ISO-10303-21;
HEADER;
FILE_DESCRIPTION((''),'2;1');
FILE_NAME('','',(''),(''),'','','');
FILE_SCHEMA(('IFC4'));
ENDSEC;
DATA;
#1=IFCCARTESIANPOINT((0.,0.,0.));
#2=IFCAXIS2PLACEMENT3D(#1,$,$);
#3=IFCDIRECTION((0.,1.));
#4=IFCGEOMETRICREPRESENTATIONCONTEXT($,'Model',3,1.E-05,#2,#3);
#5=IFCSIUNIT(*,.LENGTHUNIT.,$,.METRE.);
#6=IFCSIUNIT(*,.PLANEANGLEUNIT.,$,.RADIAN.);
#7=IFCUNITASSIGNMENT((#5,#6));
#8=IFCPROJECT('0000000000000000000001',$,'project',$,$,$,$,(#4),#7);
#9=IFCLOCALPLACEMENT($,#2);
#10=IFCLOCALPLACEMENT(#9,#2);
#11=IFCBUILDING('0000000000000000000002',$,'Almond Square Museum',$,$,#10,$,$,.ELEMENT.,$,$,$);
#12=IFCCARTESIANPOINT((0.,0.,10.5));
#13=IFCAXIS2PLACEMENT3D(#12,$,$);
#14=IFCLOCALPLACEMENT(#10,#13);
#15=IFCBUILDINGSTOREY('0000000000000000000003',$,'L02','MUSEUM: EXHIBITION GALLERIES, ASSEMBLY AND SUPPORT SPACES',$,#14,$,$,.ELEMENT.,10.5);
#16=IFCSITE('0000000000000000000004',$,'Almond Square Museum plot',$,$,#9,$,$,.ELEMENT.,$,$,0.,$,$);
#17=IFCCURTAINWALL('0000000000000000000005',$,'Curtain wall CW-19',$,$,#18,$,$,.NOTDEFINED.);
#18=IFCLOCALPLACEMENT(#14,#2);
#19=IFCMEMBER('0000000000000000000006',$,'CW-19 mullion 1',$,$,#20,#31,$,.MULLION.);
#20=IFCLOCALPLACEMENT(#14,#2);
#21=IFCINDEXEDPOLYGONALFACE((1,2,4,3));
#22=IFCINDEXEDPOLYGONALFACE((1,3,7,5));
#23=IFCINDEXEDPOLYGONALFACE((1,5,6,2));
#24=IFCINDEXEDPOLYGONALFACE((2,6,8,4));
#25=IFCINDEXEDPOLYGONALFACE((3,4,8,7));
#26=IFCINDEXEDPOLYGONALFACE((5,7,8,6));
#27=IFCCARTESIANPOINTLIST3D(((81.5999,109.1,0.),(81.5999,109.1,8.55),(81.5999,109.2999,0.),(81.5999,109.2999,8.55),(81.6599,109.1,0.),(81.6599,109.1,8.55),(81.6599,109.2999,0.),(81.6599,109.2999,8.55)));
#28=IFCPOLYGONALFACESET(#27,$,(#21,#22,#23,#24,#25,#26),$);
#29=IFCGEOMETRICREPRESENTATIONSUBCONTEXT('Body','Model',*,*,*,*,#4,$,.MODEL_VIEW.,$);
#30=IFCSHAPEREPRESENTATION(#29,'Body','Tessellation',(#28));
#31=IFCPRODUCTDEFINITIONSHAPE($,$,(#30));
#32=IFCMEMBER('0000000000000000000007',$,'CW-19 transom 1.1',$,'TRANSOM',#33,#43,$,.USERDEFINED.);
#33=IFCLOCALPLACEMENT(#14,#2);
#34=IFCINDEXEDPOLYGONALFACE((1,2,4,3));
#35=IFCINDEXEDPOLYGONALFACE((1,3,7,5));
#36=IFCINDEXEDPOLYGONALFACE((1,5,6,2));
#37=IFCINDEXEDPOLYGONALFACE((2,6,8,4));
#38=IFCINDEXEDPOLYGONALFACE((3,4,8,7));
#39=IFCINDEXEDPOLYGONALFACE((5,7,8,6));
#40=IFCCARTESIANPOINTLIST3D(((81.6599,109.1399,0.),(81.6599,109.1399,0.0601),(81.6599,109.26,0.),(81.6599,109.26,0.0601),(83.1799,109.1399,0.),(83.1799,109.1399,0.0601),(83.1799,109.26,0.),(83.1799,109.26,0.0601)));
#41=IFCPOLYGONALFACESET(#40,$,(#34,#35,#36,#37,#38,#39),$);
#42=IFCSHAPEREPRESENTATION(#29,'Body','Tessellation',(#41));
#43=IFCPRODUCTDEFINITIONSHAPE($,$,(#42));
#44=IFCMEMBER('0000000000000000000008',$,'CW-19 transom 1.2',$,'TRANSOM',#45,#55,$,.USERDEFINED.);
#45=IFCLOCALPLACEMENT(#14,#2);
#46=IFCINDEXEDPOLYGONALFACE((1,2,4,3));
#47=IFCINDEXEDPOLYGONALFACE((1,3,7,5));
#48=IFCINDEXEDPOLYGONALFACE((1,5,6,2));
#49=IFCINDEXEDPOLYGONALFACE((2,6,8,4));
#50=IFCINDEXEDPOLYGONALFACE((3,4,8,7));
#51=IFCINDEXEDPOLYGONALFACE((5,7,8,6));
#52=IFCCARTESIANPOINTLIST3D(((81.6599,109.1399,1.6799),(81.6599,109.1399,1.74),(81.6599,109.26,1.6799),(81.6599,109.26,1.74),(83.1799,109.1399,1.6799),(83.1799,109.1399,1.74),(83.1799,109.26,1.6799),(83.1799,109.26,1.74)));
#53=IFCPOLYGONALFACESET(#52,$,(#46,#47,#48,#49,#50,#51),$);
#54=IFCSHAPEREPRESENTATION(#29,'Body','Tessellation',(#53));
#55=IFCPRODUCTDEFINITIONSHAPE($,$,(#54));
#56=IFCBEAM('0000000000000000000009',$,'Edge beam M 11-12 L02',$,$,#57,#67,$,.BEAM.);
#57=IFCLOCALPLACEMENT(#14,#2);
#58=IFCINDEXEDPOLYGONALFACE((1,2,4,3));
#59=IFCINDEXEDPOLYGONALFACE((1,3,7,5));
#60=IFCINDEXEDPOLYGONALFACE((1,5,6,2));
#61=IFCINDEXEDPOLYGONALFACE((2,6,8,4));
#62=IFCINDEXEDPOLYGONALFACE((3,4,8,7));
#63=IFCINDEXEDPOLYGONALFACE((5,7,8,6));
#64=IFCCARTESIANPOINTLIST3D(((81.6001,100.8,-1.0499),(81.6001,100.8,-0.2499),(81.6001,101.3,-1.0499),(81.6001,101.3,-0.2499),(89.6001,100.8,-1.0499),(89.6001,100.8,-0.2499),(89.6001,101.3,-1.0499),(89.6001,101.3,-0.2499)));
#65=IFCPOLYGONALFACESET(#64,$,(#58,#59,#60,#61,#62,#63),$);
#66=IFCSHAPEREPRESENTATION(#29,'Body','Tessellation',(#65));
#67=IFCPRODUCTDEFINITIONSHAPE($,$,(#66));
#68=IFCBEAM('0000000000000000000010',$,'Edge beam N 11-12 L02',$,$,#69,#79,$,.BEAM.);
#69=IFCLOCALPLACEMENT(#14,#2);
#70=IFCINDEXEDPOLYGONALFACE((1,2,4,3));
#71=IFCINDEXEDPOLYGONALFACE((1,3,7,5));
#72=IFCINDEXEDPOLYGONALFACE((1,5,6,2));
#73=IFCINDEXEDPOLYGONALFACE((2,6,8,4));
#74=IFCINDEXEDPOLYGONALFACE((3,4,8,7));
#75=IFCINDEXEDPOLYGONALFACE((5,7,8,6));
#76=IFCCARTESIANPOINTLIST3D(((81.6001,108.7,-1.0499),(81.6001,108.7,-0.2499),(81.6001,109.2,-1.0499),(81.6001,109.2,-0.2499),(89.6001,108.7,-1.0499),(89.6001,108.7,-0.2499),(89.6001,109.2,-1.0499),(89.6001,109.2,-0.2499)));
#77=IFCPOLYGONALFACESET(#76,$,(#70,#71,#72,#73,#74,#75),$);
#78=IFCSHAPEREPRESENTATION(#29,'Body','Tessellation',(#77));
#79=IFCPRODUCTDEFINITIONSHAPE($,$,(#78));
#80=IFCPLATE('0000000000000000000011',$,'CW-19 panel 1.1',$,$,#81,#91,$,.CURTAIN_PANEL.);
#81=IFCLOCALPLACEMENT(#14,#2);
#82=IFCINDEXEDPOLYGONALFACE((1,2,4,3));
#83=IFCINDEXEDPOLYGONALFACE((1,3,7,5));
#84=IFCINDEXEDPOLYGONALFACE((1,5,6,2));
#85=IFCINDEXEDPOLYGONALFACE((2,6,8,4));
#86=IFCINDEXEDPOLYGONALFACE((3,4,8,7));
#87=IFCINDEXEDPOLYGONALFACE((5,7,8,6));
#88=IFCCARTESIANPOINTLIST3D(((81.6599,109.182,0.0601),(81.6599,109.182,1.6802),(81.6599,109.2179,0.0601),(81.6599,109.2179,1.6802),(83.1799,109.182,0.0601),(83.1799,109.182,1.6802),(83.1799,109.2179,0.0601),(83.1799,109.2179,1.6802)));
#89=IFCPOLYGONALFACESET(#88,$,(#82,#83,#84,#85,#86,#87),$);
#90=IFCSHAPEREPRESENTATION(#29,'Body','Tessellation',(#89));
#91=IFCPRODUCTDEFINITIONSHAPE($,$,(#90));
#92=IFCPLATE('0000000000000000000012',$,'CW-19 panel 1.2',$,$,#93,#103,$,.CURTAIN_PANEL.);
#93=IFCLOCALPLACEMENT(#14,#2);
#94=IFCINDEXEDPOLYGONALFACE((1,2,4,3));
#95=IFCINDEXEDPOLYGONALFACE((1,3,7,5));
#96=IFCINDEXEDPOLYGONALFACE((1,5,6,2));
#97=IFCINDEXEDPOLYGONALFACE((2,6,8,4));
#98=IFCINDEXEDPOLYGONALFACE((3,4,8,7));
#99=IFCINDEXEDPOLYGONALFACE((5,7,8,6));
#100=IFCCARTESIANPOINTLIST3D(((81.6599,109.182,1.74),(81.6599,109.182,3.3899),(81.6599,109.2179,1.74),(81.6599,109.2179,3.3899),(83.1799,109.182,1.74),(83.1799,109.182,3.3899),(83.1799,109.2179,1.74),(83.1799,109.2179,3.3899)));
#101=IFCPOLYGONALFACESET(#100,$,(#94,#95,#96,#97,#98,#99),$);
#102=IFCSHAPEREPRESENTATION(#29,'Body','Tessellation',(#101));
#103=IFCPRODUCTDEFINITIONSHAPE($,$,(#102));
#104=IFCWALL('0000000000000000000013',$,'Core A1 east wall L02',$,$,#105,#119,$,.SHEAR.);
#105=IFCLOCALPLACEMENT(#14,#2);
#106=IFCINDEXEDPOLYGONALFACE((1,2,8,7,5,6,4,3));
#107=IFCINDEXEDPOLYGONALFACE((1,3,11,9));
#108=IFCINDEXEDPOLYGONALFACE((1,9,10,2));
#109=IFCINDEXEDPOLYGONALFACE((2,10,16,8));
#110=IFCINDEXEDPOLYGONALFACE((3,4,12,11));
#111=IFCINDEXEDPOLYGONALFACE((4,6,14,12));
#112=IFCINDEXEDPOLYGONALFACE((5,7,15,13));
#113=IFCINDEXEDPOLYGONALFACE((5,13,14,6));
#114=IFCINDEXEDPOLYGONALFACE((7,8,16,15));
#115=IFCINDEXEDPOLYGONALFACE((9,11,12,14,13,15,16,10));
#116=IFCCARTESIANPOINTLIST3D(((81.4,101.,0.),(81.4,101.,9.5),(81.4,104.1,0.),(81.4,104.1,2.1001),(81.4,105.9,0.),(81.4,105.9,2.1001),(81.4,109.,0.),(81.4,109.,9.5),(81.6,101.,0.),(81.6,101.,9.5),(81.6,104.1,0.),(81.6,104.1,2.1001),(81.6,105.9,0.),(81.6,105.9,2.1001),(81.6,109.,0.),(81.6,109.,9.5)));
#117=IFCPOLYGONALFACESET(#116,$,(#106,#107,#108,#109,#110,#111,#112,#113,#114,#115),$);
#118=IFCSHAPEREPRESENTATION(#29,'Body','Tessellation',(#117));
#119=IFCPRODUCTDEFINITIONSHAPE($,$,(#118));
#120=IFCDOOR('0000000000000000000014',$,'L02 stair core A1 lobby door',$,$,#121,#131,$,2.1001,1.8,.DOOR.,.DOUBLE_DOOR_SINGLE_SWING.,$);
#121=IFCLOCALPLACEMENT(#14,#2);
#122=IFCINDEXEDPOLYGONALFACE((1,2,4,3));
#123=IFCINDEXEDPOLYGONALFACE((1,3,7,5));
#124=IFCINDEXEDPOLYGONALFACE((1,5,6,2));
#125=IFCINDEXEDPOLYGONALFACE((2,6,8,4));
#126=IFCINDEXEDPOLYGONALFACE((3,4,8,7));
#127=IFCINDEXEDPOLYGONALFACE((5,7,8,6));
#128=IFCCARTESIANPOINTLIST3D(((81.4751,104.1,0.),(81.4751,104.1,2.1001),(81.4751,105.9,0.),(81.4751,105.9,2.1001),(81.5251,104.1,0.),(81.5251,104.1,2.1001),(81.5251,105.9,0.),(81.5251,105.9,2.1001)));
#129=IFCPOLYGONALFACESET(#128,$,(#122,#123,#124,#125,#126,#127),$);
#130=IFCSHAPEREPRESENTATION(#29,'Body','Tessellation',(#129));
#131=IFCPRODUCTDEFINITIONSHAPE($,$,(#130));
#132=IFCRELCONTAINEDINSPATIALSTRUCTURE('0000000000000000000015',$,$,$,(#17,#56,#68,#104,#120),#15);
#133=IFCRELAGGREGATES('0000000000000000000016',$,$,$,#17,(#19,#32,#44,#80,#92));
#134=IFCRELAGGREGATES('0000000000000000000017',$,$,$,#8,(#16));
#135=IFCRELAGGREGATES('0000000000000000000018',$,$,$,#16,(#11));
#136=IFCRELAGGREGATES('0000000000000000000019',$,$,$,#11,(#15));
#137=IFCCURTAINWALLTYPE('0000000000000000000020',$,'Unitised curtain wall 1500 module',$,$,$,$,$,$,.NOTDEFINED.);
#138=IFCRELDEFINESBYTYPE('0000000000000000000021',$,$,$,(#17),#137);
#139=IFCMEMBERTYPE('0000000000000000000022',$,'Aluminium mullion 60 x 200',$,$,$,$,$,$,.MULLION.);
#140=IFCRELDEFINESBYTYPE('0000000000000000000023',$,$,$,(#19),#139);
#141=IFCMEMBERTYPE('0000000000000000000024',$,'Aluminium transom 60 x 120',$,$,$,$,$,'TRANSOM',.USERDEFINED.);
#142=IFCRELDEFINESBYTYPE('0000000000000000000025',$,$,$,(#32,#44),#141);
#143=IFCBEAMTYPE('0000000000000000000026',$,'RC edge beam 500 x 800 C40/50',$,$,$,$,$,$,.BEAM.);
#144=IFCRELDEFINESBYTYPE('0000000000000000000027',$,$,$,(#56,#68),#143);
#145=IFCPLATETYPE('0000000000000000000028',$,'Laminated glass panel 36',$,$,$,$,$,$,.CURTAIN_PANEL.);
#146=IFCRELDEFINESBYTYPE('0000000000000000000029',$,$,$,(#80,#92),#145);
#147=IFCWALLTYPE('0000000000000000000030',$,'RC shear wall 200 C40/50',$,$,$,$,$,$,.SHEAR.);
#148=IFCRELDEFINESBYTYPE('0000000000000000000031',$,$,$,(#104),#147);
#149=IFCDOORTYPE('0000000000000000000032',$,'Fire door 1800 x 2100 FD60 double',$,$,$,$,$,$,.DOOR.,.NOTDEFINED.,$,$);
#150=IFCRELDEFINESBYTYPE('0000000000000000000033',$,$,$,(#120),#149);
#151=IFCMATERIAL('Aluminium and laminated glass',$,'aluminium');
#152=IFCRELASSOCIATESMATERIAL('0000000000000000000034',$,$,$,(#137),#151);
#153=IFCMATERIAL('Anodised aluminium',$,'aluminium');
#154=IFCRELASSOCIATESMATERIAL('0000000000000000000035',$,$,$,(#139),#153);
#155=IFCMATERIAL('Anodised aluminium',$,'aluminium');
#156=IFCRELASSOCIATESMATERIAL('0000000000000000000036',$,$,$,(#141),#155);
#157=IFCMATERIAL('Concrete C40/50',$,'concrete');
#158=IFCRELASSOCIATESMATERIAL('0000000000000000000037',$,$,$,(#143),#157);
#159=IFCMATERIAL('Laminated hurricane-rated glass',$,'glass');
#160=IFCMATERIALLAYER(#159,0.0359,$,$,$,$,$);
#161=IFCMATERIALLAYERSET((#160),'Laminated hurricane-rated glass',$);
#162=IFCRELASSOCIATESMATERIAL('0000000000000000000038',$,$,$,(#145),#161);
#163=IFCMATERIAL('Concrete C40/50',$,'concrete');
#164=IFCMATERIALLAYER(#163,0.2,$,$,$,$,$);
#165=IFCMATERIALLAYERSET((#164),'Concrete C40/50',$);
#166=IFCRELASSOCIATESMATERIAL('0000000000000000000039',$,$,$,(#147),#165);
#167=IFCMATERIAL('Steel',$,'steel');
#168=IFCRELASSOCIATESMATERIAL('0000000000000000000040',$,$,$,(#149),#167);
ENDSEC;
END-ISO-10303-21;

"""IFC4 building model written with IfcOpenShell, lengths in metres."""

from ifc_helpers import new_model, si_unit, direction, frame, frame_2d, origin, origin_2d, place, context, subcontext, project, spatial, rectangle, extrude, material, layer, layer_set, material_profile, profile_set, type_object, element, fill, aggregate, save


model = new_model("IFC4")

# Units and contexts
model_context = context("Model", 3, precision=1e-05, world=origin(), true_north=direction((0.0, 1.0)))
body_context = subcontext(model_context, "Body", "Model", "MODEL_VIEW")
ifc_project = project(units=[si_unit("LENGTHUNIT", "METRE"), si_unit("PLANEANGLEUNIT", "RADIAN")], contexts=[model_context])

# Site, building, storey
site_placement = place(None, origin())
site = spatial("IfcSite", under=ifc_project, at=site_placement, Name="Almond Square Museum plot", CompositionType="ELEMENT", RefElevation=0.0)
building_placement = place(site_placement, origin())
building = spatial("IfcBuilding", under=site, at=building_placement, Name="Almond Square Museum", CompositionType="ELEMENT")
storey_placement = place(building_placement, frame((0.0, 0.0, 10.5)))
storey = spatial("IfcBuildingStorey", under=building, at=storey_placement, Name="L02", Description="MUSEUM: EXHIBITION GALLERIES, ASSEMBLY AND SUPPORT SPACES", CompositionType="ELEMENT", Elevation=10.5)

# Curtain wall, members
ifc_material_1 = material(Name="Aluminium and laminated glass", Category="aluminium")
curtain_wall_type = type_object("IfcCurtainWallType", Name="Unitised curtain wall 1500 module", PredefinedType="NOTDEFINED", material=ifc_material_1)
curtain_wall_placement = place(storey_placement, origin())
curtain_wall = element("IfcCurtainWall", 1, at=curtain_wall_placement, inside=storey, type_object=curtain_wall_type, Name="Curtain wall CW-19", PredefinedType="NOTDEFINED")
ifc_material_2 = material(Name="Anodised aluminium", Category="aluminium")
ifc_material_profile_1 = material_profile(ifc_material_2, rectangle(XDim=0.2, YDim=0.0601, at=origin_2d()))
ifc_profile_set_1 = profile_set([ifc_material_profile_1], Name="Anodised aluminium")
member_type_1 = type_object("IfcMemberType", Name="Aluminium mullion 60 x 200", PredefinedType="MULLION", material=ifc_profile_set_1)
member_1_placement = place(storey_placement, frame((81.6299, 109.2, 0.0), z_axis=(0.0, 0.0, 1.0), x_axis=(0.0, 1.0, 0.0)))
member_1 = element("IfcMember", 2, at=member_1_placement, type_object=member_type_1, Name="CW-19 mullion 1", PredefinedType="MULLION", context=body_context, shape_type="SweptSolid", body=[
    extrude(rectangle(XDim=0.2, YDim=0.0601, at=origin_2d()), origin(), (0.0, 0.0, 1.0), 8.55),
])
ifc_material_3 = material(Name="Anodised aluminium", Category="aluminium")
ifc_material_profile_2 = material_profile(ifc_material_3, rectangle(XDim=0.1201, YDim=0.0601, at=origin_2d()))
ifc_profile_set_2 = profile_set([ifc_material_profile_2], Name="Anodised aluminium")
member_type_2 = type_object("IfcMemberType", Name="Aluminium transom 60 x 120", ElementType="TRANSOM", PredefinedType="USERDEFINED", material=ifc_profile_set_2)
member_2_placement = place(storey_placement, frame((81.6599, 109.2, 0.03), z_axis=(1.0, 0.0, 0.0), x_axis=(0.0, 1.0, 0.0)))
member_2 = element("IfcMember", 3, at=member_2_placement, type_object=member_type_2, Name="CW-19 transom 1.1", ObjectType="TRANSOM", PredefinedType="USERDEFINED", context=body_context, shape_type="SweptSolid", body=[
    extrude(rectangle(XDim=0.1201, YDim=0.0601, at=origin_2d()), origin(), (0.0, 0.0, 1.0), 1.52),
])
member_3_placement = place(storey_placement, frame((81.6599, 109.2, 1.71), z_axis=(1.0, 0.0, 0.0), x_axis=(0.0, 1.0, 0.0)))
member_3 = element("IfcMember", 4, at=member_3_placement, type_object=member_type_2, Name="CW-19 transom 1.2", ObjectType="TRANSOM", PredefinedType="USERDEFINED", context=body_context, shape_type="SweptSolid", body=[
    extrude(rectangle(XDim=0.1201, YDim=0.0601, at=origin_2d()), origin(), (0.0, 0.0, 1.0), 1.52),
])

# Beams
ifc_material_4 = material(Name="Concrete C40/50", Category="concrete")
ifc_material_profile_3 = material_profile(ifc_material_4, rectangle(XDim=0.5, YDim=0.8, at=origin_2d()))
ifc_profile_set_3 = profile_set([ifc_material_profile_3], Name="Concrete C40/50")
beam_type = type_object("IfcBeamType", Name="RC edge beam 500 x 800 C40/50", PredefinedType="BEAM", material=ifc_profile_set_3)
for number, where, z_axis, x_axis, name in (
    (5, (81.6001, 101.05, -0.6499), (1.0, 0.0, 0.0), (0.0, 1.0, 0.0), "Edge beam M 11-12 L02"),
    (6, (81.6001, 108.95, -0.6499), (1.0, 0.0, 0.0), (0.0, 1.0, 0.0), "Edge beam N 11-12 L02"),
):
    element("IfcBeam", number, at=place(storey_placement, frame(where, z_axis=z_axis, x_axis=x_axis)), inside=storey, type_object=beam_type, Name=name, PredefinedType="BEAM", context=body_context, shape_type="SweptSolid", body=[
        extrude(rectangle(XDim=0.5, YDim=0.8, at=origin_2d()), origin(), (0.0, 0.0, 1.0), 8.0),
    ])

# Plates
ifc_material_5 = material(Name="Laminated hurricane-rated glass", Category="glass")
ifc_layer_1 = layer(ifc_material_5, 0.0359)
ifc_layer_set_1 = layer_set([ifc_layer_1], Name="Laminated hurricane-rated glass")
plate_type = type_object("IfcPlateType", Name="Laminated glass panel 36", PredefinedType="CURTAIN_PANEL", material=ifc_layer_set_1)
plate_1_placement = place(storey_placement, frame((82.4199, 109.2, 0.0601), z_axis=(0.0, 0.0, 1.0), x_axis=(1.0, 0.0, 0.0)))
plate_1 = element("IfcPlate", 7, at=plate_1_placement, type_object=plate_type, Name="CW-19 panel 1.1", PredefinedType="CURTAIN_PANEL", context=body_context, shape_type="SweptSolid", body=[
    extrude(rectangle(XDim=1.52, YDim=0.0359, at=origin_2d()), origin(), (0.0, 0.0, 1.0), 1.6201),
])
plate_2_placement = place(storey_placement, frame((82.4199, 109.2, 1.74), z_axis=(0.0, 0.0, 1.0), x_axis=(1.0, 0.0, 0.0)))
plate_2 = element("IfcPlate", 8, at=plate_2_placement, type_object=plate_type, Name="CW-19 panel 1.2", PredefinedType="CURTAIN_PANEL", context=body_context, shape_type="SweptSolid", body=[
    extrude(rectangle(XDim=1.52, YDim=0.0359, at=origin_2d()), origin(), (0.0, 0.0, 1.0), 1.6499),
])
aggregate(curtain_wall, [member_1, member_2, member_3, plate_1, plate_2])

# Wall, opening, door
ifc_material_6 = material(Name="Concrete C40/50", Category="concrete")
ifc_layer_2 = layer(ifc_material_6, 0.2)
ifc_layer_set_2 = layer_set([ifc_layer_2], Name="Concrete C40/50")
wall_type = type_object("IfcWallType", Name="RC shear wall 200 C40/50", PredefinedType="SHEAR", material=ifc_layer_set_2)
wall_1_placement = place(storey_placement, frame((81.5, 101.0, 0.0), z_axis=(0.0, 0.0, 1.0), x_axis=(0.0, 1.0, 0.0)))
wall_1 = element("IfcWall", 9, at=wall_1_placement, inside=storey, type_object=wall_type, Name="Core A1 east wall L02", PredefinedType="SHEAR", context=body_context, shape_type="SweptSolid", body=[
    extrude(rectangle(XDim=8.0, YDim=0.2, at=frame_2d((4.0, 0.0))), origin(), (0.0, 0.0, 1.0), 9.5),
])
opening_1_placement = place(wall_1_placement, frame((3.1001, 0.0, 0.0)))
opening_1 = element("IfcOpeningElement", 10, at=opening_1_placement, cuts=wall_1, PredefinedType="OPENING", context=body_context, shape_type="SweptSolid", body=[
    extrude(rectangle(XDim=1.8, YDim=2.1001, at=frame_2d((0.8999, 1.05))), frame((0.0, 0.1099, 0.0), z_axis=(0.0, -1.0, 0.0), x_axis=(1.0, 0.0, 0.0)), (0.0, 0.0, 1.0), 0.22),
])
ifc_material_7 = material(Name="Steel", Category="steel")
door_type_1 = type_object("IfcDoorType", Name="Fire door 1800 x 2100 FD60 double", OperationType="NOTDEFINED", PredefinedType="DOOR", material=ifc_material_7)
door_1_placement = place(opening_1_placement, origin())
door_1 = element("IfcDoor", 11, at=door_1_placement, inside=storey, type_object=door_type_1, Name="L02 stair core A1 lobby door", OperationType="DOUBLE_DOOR_SINGLE_SWING", OverallHeight=2.1001, OverallWidth=1.8, PredefinedType="DOOR", context=body_context, shape_type="SweptSolid", body=[
    extrude(rectangle(XDim=1.8, YDim=2.1001, at=frame_2d((0.8999, 1.05))), frame((0.0, 0.0249, 0.0), z_axis=(0.0, -1.0, 0.0), x_axis=(1.0, 0.0, 0.0)), (0.0, 0.0, 1.0), 0.05),
])
fill(opening_1, door_1)

save(model, "model.ifc")
